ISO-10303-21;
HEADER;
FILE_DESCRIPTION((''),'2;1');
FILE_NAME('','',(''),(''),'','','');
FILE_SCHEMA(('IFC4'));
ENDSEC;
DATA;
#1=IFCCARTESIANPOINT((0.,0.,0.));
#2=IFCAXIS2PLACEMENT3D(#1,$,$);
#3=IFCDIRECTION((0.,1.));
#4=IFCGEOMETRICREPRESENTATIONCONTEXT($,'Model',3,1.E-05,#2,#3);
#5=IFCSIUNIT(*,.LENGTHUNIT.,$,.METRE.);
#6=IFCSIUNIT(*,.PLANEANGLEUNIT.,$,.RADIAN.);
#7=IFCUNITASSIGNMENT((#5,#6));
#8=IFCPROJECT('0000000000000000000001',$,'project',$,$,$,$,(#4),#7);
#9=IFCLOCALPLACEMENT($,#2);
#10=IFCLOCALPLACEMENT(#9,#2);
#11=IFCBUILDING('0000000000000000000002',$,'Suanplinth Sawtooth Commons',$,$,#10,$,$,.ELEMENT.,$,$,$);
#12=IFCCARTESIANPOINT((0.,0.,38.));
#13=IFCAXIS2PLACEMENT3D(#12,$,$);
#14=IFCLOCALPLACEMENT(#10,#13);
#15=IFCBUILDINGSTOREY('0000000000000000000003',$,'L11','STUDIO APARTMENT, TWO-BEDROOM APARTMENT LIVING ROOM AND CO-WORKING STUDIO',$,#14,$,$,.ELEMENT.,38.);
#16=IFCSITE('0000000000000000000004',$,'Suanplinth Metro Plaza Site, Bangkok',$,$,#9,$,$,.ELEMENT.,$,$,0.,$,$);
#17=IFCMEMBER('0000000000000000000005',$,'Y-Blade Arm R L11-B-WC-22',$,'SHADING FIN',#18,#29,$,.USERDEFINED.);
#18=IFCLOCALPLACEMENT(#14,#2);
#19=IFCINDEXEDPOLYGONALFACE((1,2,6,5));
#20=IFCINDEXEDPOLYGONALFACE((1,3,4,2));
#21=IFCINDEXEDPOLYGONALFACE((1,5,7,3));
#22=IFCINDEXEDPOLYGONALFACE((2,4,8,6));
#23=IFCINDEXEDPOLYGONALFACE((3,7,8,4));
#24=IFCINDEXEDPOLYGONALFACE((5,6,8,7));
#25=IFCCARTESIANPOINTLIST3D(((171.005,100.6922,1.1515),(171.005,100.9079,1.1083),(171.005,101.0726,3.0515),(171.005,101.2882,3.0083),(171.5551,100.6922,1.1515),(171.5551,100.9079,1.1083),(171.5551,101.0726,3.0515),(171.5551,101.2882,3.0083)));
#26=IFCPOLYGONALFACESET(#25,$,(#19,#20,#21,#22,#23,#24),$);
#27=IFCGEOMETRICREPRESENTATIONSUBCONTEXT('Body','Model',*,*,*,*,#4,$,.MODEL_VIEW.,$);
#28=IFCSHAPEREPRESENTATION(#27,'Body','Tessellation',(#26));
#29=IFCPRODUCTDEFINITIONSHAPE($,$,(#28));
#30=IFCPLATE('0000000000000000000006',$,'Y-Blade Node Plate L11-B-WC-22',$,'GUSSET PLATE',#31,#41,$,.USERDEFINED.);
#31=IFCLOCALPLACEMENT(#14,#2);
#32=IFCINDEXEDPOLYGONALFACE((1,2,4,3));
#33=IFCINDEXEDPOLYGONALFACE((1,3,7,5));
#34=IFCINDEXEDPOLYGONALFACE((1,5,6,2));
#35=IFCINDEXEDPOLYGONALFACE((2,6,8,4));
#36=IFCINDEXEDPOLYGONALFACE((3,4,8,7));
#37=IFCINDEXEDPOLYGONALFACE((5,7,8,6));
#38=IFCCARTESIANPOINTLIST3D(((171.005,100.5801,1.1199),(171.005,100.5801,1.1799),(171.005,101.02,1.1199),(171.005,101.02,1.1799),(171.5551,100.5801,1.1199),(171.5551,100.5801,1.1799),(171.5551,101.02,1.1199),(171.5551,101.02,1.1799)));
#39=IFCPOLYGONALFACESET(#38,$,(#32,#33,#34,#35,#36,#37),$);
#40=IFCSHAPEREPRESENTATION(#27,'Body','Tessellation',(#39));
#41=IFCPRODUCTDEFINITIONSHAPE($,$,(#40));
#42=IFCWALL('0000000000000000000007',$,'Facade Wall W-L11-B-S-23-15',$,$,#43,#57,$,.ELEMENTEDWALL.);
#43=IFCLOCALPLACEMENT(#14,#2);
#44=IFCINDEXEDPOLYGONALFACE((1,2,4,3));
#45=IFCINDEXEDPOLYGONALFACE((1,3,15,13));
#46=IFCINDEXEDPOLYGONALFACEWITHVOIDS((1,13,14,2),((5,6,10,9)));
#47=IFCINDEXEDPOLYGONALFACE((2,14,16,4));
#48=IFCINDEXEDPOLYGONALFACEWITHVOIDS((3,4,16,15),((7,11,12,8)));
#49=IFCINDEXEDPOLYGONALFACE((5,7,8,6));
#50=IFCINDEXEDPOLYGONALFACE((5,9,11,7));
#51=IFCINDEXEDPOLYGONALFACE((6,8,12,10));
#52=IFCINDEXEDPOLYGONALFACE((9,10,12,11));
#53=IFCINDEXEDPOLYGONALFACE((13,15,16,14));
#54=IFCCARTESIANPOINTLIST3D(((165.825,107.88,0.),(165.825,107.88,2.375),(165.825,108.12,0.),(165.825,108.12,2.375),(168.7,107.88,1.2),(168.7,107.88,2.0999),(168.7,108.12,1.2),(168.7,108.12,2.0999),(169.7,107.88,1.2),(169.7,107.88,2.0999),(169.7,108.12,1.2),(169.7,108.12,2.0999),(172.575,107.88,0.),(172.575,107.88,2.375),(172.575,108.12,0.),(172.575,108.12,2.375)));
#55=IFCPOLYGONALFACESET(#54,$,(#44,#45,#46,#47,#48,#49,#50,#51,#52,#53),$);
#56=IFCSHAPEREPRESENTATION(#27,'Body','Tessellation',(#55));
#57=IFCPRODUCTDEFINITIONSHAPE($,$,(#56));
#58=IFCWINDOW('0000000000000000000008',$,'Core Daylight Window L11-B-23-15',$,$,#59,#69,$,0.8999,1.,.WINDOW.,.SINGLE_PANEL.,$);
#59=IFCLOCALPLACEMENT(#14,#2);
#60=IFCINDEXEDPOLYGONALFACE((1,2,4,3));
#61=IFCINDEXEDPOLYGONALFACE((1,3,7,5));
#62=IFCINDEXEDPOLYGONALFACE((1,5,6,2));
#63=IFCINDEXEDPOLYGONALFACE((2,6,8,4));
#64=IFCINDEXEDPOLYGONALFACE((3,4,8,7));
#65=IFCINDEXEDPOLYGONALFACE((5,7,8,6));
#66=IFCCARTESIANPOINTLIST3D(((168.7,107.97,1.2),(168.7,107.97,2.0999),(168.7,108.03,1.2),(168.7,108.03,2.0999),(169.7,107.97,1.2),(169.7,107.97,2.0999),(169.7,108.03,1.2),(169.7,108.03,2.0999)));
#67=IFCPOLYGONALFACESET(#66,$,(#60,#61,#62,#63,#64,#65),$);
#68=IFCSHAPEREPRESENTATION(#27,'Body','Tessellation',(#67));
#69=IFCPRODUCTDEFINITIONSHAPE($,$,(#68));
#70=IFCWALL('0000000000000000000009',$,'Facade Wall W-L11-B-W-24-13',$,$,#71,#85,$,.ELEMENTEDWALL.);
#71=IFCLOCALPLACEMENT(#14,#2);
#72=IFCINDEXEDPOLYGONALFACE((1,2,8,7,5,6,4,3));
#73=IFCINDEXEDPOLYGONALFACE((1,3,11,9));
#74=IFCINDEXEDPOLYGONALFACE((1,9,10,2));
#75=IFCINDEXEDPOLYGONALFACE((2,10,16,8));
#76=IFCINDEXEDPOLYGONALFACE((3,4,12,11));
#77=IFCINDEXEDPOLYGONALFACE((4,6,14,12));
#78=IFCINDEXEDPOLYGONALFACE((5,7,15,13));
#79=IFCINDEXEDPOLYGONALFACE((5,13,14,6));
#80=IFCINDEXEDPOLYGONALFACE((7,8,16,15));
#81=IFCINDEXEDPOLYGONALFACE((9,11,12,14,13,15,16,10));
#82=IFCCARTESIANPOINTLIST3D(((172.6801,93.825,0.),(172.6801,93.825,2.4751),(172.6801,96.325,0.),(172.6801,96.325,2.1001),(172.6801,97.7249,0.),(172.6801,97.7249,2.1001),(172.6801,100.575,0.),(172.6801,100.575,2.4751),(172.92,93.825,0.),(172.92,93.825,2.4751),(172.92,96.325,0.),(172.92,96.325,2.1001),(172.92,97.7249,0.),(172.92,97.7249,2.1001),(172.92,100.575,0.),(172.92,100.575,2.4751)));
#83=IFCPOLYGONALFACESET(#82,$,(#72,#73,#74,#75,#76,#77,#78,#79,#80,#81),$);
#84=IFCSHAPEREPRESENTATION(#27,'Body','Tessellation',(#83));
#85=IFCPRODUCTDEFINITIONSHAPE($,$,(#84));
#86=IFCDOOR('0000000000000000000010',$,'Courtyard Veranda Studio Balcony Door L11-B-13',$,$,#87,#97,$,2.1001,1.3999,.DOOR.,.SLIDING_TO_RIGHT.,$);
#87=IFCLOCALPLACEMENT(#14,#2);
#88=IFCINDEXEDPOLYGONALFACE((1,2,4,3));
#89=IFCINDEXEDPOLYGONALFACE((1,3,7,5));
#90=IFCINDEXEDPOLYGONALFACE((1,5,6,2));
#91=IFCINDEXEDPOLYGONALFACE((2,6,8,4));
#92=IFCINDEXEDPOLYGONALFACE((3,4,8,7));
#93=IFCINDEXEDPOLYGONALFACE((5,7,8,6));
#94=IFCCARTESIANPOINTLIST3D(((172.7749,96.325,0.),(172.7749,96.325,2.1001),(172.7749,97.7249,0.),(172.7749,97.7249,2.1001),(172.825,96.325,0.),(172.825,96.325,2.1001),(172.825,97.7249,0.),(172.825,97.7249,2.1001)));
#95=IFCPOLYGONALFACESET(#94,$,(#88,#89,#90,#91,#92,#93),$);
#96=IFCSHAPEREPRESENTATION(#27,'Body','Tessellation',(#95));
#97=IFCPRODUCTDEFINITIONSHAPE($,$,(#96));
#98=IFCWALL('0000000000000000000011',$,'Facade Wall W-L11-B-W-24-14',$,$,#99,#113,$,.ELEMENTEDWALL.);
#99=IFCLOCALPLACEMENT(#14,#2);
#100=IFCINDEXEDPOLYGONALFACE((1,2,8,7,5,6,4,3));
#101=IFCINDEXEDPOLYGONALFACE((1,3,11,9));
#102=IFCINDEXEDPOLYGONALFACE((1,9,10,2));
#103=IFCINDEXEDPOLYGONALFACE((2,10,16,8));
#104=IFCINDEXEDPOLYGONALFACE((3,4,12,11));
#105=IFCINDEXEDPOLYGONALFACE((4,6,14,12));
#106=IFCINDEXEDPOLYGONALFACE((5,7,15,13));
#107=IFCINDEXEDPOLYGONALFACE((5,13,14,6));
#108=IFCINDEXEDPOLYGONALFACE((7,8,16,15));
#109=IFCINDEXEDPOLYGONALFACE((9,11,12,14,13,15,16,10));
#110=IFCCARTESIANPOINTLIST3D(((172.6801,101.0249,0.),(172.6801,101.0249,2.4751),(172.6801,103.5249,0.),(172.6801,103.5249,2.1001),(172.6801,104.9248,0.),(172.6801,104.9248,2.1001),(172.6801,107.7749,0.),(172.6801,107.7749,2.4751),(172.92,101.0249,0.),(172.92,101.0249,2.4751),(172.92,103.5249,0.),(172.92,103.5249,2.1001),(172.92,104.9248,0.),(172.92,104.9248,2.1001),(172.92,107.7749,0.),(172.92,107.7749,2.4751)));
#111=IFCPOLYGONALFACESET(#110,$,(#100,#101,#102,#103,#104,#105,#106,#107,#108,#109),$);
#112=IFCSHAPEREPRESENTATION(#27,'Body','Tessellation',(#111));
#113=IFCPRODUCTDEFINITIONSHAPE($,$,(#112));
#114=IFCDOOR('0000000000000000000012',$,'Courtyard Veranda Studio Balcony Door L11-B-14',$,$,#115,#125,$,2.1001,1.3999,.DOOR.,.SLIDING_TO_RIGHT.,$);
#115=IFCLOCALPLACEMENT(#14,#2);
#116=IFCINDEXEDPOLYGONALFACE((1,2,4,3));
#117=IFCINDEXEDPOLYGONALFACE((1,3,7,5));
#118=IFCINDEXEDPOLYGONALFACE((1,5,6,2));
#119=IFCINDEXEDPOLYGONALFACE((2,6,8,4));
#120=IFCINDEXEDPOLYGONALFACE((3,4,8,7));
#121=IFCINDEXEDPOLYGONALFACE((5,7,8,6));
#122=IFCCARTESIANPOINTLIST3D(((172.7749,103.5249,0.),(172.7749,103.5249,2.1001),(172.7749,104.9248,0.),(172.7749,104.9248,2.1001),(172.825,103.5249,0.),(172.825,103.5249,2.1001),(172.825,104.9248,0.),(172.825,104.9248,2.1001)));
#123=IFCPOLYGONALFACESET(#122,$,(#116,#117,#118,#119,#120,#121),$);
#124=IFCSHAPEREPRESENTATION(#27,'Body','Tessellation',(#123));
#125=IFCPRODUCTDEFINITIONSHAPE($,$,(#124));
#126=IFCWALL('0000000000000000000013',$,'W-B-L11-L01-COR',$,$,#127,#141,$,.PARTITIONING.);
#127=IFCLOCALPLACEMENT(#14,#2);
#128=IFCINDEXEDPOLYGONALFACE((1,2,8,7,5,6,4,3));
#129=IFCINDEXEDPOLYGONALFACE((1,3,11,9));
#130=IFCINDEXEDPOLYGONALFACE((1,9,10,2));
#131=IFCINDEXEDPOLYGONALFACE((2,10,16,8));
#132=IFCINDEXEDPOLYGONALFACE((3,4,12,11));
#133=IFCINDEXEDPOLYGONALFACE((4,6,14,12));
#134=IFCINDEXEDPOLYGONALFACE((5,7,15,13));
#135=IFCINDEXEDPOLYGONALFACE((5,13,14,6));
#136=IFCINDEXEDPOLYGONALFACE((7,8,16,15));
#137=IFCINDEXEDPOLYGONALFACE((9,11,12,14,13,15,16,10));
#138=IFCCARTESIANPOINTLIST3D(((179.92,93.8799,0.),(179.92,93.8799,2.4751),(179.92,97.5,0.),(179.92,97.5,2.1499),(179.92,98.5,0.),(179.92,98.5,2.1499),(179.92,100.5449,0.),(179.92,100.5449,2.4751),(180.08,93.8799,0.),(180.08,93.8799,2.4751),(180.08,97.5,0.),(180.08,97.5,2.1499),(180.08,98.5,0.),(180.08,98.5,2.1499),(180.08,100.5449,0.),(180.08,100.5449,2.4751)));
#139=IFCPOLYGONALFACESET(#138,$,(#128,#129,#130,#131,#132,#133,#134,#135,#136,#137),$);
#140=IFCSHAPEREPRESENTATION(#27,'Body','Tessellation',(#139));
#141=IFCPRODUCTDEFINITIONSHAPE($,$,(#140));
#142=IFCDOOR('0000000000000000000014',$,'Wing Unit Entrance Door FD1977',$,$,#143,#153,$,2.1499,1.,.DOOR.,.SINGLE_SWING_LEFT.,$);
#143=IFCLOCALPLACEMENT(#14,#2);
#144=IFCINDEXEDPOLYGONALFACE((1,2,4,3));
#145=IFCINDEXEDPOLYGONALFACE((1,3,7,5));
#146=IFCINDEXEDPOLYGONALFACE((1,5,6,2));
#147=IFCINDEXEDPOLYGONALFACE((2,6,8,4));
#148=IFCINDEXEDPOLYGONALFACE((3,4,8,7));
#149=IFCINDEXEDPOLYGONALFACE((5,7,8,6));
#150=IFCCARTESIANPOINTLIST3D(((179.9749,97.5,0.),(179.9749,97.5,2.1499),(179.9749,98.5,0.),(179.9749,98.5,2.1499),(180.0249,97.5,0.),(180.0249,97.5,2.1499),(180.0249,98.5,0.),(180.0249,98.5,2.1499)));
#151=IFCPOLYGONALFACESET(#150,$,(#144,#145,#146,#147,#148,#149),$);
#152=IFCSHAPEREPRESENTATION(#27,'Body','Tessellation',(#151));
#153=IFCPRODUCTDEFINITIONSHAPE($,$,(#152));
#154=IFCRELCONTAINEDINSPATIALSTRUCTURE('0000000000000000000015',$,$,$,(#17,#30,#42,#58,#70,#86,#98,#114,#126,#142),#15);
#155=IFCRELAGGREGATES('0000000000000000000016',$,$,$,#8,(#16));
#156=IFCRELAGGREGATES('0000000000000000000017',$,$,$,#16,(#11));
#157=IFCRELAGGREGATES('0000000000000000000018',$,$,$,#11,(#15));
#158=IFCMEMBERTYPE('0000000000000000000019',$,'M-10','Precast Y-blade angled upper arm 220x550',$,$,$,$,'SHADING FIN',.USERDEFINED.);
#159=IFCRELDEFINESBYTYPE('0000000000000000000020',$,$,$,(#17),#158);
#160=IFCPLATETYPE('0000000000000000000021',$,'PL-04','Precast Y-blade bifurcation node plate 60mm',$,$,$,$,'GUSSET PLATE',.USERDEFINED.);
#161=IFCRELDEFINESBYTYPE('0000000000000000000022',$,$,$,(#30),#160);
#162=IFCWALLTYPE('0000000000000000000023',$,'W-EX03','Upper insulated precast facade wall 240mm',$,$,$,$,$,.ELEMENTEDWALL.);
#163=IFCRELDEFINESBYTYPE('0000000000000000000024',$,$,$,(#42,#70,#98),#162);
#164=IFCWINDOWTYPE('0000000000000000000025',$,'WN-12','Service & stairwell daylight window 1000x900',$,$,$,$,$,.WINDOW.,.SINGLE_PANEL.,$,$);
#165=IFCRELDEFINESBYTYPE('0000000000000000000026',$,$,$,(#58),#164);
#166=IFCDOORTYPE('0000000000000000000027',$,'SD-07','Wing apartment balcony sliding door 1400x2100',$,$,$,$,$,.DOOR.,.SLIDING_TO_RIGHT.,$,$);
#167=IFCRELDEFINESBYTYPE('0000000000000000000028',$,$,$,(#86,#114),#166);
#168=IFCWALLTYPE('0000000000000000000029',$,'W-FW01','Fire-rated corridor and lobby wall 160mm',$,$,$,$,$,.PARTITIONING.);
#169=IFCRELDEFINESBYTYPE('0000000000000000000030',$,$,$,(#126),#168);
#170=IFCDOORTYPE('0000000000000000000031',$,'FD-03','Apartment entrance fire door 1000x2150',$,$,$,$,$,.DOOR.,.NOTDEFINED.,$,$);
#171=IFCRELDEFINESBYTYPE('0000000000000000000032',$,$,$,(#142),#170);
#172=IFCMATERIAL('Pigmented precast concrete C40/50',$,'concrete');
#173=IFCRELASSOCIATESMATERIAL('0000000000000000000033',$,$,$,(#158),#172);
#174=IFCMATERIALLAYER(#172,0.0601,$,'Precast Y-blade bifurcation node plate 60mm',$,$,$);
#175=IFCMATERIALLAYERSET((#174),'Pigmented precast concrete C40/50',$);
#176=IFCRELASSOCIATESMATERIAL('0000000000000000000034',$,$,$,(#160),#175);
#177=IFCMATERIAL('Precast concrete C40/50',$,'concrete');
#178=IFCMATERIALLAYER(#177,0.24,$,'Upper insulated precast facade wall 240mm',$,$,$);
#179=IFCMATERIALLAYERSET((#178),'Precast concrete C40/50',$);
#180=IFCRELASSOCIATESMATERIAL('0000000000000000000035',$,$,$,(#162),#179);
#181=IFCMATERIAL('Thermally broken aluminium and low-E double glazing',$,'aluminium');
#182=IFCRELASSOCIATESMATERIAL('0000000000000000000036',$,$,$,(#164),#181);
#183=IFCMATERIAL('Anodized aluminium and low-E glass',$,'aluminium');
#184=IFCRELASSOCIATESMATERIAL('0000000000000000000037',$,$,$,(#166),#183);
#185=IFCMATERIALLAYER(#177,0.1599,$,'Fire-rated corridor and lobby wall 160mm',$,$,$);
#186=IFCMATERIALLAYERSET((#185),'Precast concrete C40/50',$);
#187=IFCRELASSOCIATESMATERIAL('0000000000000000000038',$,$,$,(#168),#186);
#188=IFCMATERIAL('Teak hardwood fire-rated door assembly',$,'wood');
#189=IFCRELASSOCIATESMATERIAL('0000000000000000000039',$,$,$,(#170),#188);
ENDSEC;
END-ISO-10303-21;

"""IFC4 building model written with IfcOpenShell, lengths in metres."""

from ifc_helpers import new_model, si_unit, direction, frame, frame_2d, origin, origin_2d, place, context, subcontext, project, spatial, rectangle, extrude, material, layer, layer_set, material_profile, profile_set, type_object, element, fill, save


model = new_model("IFC4")

# Units and contexts
model_context = context("Model", 3, precision=1e-05, world=origin(), true_north=direction((0.0, 1.0)))
body_context = subcontext(model_context, "Body", "Model", "MODEL_VIEW")
ifc_project = project(units=[si_unit("LENGTHUNIT", "METRE"), si_unit("PLANEANGLEUNIT", "RADIAN")], contexts=[model_context])

# Site, building, storey
site_placement = place(None, origin())
site = spatial("IfcSite", under=ifc_project, at=site_placement, Name="Suanplinth Metro Plaza Site, Bangkok", CompositionType="ELEMENT", RefElevation=0.0)
building_placement = place(site_placement, origin())
building = spatial("IfcBuilding", under=site, at=building_placement, Name="Suanplinth Sawtooth Commons", CompositionType="ELEMENT")
storey_placement = place(building_placement, frame((0.0, 0.0, 38.0)))
storey = spatial("IfcBuildingStorey", under=building, at=storey_placement, Name="L11", Description="STUDIO APARTMENT, TWO-BEDROOM APARTMENT LIVING ROOM AND CO-WORKING STUDIO", CompositionType="ELEMENT", Elevation=38.0)

# Shared definitions
ifc_material_1 = material(Name="Precast concrete C40/50", Category="concrete")

# Member
ifc_material_2 = material(Name="Pigmented precast concrete C40/50", Category="concrete")
ifc_material_profile_1 = material_profile(ifc_material_2, rectangle(XDim=0.22, YDim=0.55, at=origin_2d()), Name="PC-FIN 220x550")
ifc_profile_set_1 = profile_set([ifc_material_profile_1], Name="Pigmented precast concrete C40/50")
member_type_1 = type_object("IfcMemberType", Name="M-10", Description="Precast Y-blade angled upper arm 220x550", ElementType="SHADING FIN", PredefinedType="USERDEFINED", material=ifc_profile_set_1)
member_1_placement = place(storey_placement, frame((171.28, 100.8, 1.1299), z_axis=(0.0, 0.196286, 0.980547), x_axis=(0.0, -0.980547, 0.196286)))
element("IfcMember", 1, at=member_1_placement, inside=storey, type_object=member_type_1, Name="Y-Blade Arm R L11-B-WC-22", ObjectType="SHADING FIN", PredefinedType="USERDEFINED", context=body_context, shape_type="SweptSolid", body=[
    extrude(rectangle(XDim=0.22, YDim=0.55, at=origin_2d()), origin(), (0.0, 0.0, 1.0), 1.9377),
])

# Plate
ifc_layer_1 = layer(ifc_material_2, 0.0601, Name="Precast Y-blade bifurcation node plate 60mm")
ifc_layer_set_1 = layer_set([ifc_layer_1], Name="Pigmented precast concrete C40/50")
plate_type = type_object("IfcPlateType", Name="PL-04", Description="Precast Y-blade bifurcation node plate 60mm", ElementType="GUSSET PLATE", PredefinedType="USERDEFINED", material=ifc_layer_set_1)
plate_placement = place(storey_placement, frame((171.28, 100.8, 1.1199), z_axis=(0.0, 0.0, 1.0), x_axis=(0.0, 1.0, 0.0)))
element("IfcPlate", 2, at=plate_placement, inside=storey, type_object=plate_type, Name="Y-Blade Node Plate L11-B-WC-22", ObjectType="GUSSET PLATE", PredefinedType="USERDEFINED", context=body_context, shape_type="SweptSolid", body=[
    extrude(rectangle(XDim=0.4399, YDim=0.55, at=origin_2d()), origin(), (0.0, 0.0, 1.0), 0.0601),
])

# Wall, opening, window
ifc_layer_2 = layer(ifc_material_1, 0.24, Name="Upper insulated precast facade wall 240mm")
ifc_layer_set_2 = layer_set([ifc_layer_2], Name="Precast concrete C40/50")
wall_type_1 = type_object("IfcWallType", Name="W-EX03", Description="Upper insulated precast facade wall 240mm", PredefinedType="ELEMENTEDWALL", material=ifc_layer_set_2)
wall_1_placement = place(storey_placement, frame((165.825, 108.0, 0.0), z_axis=(0.0, 0.0, 1.0), x_axis=(1.0, 0.0, 0.0)))
wall_1 = element("IfcWall", 3, at=wall_1_placement, inside=storey, type_object=wall_type_1, Name="Facade Wall W-L11-B-S-23-15", PredefinedType="ELEMENTEDWALL", context=body_context, shape_type="SweptSolid", body=[
    extrude(rectangle(XDim=6.75, YDim=0.24, at=frame_2d((3.375, 0.0))), origin(), (0.0, 0.0, 1.0), 2.375),
])
opening_1_placement = place(wall_1_placement, frame((2.875, 0.0, 1.2)))
opening_1 = element("IfcOpeningElement", 4, at=opening_1_placement, cuts=wall_1, PredefinedType="OPENING", context=body_context, shape_type="SweptSolid", body=[
    extrude(rectangle(XDim=1.0, YDim=0.8999, at=frame_2d((0.5, 0.45))), frame((0.0, 0.1348, 0.0), z_axis=(0.0, -1.0, 0.0), x_axis=(1.0, 0.0, 0.0)), (0.0, 0.0, 1.0), 0.2698),
])
ifc_material_3 = material(Name="Thermally broken aluminium and low-E double glazing", Category="aluminium")
window_type = type_object("IfcWindowType", Name="WN-12", Description="Service & stairwell daylight window 1000x900", PartitioningType="SINGLE_PANEL", PredefinedType="WINDOW", material=ifc_material_3)
window_placement = place(opening_1_placement, origin())
window = element("IfcWindow", 5, at=window_placement, inside=storey, type_object=window_type, Name="Core Daylight Window L11-B-23-15", OverallHeight=0.8999, OverallWidth=1.0, PartitioningType="SINGLE_PANEL", PredefinedType="WINDOW", context=body_context, shape_type="SweptSolid", body=[
    extrude(rectangle(XDim=1.0, YDim=0.8999, at=frame_2d((0.5, 0.45))), frame((0.0, 0.03, 0.0), z_axis=(0.0, -1.0, 0.0), x_axis=(1.0, 0.0, 0.0)), (0.0, 0.0, 1.0), 0.0601),
])
fill(opening_1, window)

# Walls, openings, doors
wall_2_placement = place(storey_placement, frame((172.8, 93.825, 0.0), z_axis=(0.0, 0.0, 1.0), x_axis=(0.0, 1.0, 0.0)))
wall_2 = element("IfcWall", 6, at=wall_2_placement, inside=storey, type_object=wall_type_1, Name="Facade Wall W-L11-B-W-24-13", PredefinedType="ELEMENTEDWALL", context=body_context, shape_type="SweptSolid", body=[
    extrude(rectangle(XDim=6.75, YDim=0.24, at=frame_2d((3.375, 0.0))), origin(), (0.0, 0.0, 1.0), 2.4751),
])
opening_2_placement = place(wall_2_placement, frame((2.5, 0.0, 0.0)))
opening_2 = element("IfcOpeningElement", 7, at=opening_2_placement, cuts=wall_2, PredefinedType="OPENING", context=body_context, shape_type="SweptSolid", body=[
    extrude(rectangle(XDim=1.3999, YDim=2.1001, at=frame_2d((0.7, 1.05))), frame((0.0, 0.1348, 0.0), z_axis=(0.0, -1.0, 0.0), x_axis=(1.0, 0.0, 0.0)), (0.0, 0.0, 1.0), 0.2698),
])
ifc_material_4 = material(Name="Anodized aluminium and low-E glass", Category="aluminium")
door_type_1 = type_object("IfcDoorType", Name="SD-07", Description="Wing apartment balcony sliding door 1400x2100", OperationType="SLIDING_TO_RIGHT", PredefinedType="DOOR", material=ifc_material_4)
door_1_placement = place(opening_2_placement, frame((1.3999, 0.0, 0.0), z_axis=(0.0, 0.0, 1.0), x_axis=(-1.0, 0.0, 0.0)))
door_1 = element("IfcDoor", 8, at=door_1_placement, inside=storey, type_object=door_type_1, Name="Courtyard Veranda Studio Balcony Door L11-B-13", OperationType="SLIDING_TO_RIGHT", OverallHeight=2.1001, OverallWidth=1.3999, PredefinedType="DOOR", context=body_context, shape_type="SweptSolid", body=[
    extrude(rectangle(XDim=1.3999, YDim=2.1001, at=frame_2d((0.7, 1.05))), frame((0.0, 0.0249, 0.0), z_axis=(0.0, -1.0, 0.0), x_axis=(1.0, 0.0, 0.0)), (0.0, 0.0, 1.0), 0.05),
])
fill(opening_2, door_1)
wall_3_placement = place(storey_placement, frame((172.8, 101.0249, 0.0), z_axis=(0.0, 0.0, 1.0), x_axis=(0.0, 1.0, 0.0)))
wall_3 = element("IfcWall", 9, at=wall_3_placement, inside=storey, type_object=wall_type_1, Name="Facade Wall W-L11-B-W-24-14", PredefinedType="ELEMENTEDWALL", context=body_context, shape_type="SweptSolid", body=[
    extrude(rectangle(XDim=6.75, YDim=0.24, at=frame_2d((3.375, 0.0))), origin(), (0.0, 0.0, 1.0), 2.4751),
])
opening_3_placement = place(wall_3_placement, frame((2.5, 0.0, 0.0)))
opening_3 = element("IfcOpeningElement", 10, at=opening_3_placement, cuts=wall_3, PredefinedType="OPENING", context=body_context, shape_type="SweptSolid", body=[
    extrude(rectangle(XDim=1.3999, YDim=2.1001, at=frame_2d((0.7, 1.05))), frame((0.0, 0.1348, 0.0), z_axis=(0.0, -1.0, 0.0), x_axis=(1.0, 0.0, 0.0)), (0.0, 0.0, 1.0), 0.2698),
])
door_2_placement = place(opening_3_placement, frame((1.3999, 0.0, 0.0), z_axis=(0.0, 0.0, 1.0), x_axis=(-1.0, 0.0, 0.0)))
door_2 = element("IfcDoor", 11, at=door_2_placement, inside=storey, type_object=door_type_1, Name="Courtyard Veranda Studio Balcony Door L11-B-14", OperationType="SLIDING_TO_RIGHT", OverallHeight=2.1001, OverallWidth=1.3999, PredefinedType="DOOR", context=body_context, shape_type="SweptSolid", body=[
    extrude(rectangle(XDim=1.3999, YDim=2.1001, at=frame_2d((0.7, 1.05))), frame((0.0, 0.0249, 0.0), z_axis=(0.0, -1.0, 0.0), x_axis=(1.0, 0.0, 0.0)), (0.0, 0.0, 1.0), 0.05),
])
fill(opening_3, door_2)
ifc_layer_3 = layer(ifc_material_1, 0.1599, Name="Fire-rated corridor and lobby wall 160mm")
ifc_layer_set_3 = layer_set([ifc_layer_3], Name="Precast concrete C40/50")
wall_type_2 = type_object("IfcWallType", Name="W-FW01", Description="Fire-rated corridor and lobby wall 160mm", PredefinedType="PARTITIONING", material=ifc_layer_set_3)
wall_4_placement = place(storey_placement, frame((180.0, 93.8799, 0.0), z_axis=(0.0, 0.0, 1.0), x_axis=(0.0, 1.0, 0.0)))
wall_4 = element("IfcWall", 12, at=wall_4_placement, inside=storey, type_object=wall_type_2, Name="W-B-L11-L01-COR", PredefinedType="PARTITIONING", context=body_context, shape_type="SweptSolid", body=[
    extrude(rectangle(XDim=6.665, YDim=0.1599, at=frame_2d((3.3325, 0.0))), origin(), (0.0, 0.0, 1.0), 2.4751),
])
opening_4_placement = place(wall_4_placement, frame((3.6201, 0.0, 0.0)))
opening_4 = element("IfcOpeningElement", 13, at=opening_4_placement, cuts=wall_4, PredefinedType="OPENING", context=body_context, shape_type="SweptSolid", body=[
    extrude(rectangle(XDim=1.0, YDim=2.1499, at=frame_2d((0.5, 1.075))), frame((0.0, 0.0947, 0.0), z_axis=(0.0, -1.0, 0.0), x_axis=(1.0, 0.0, 0.0)), (0.0, 0.0, 1.0), 0.1897),
])
ifc_material_5 = material(Name="Teak hardwood fire-rated door assembly", Category="wood")
door_type_2 = type_object("IfcDoorType", Name="FD-03", Description="Apartment entrance fire door 1000x2150", OperationType="NOTDEFINED", PredefinedType="DOOR", material=ifc_material_5)
door_3_placement = place(opening_4_placement, frame((1.0, 0.0, 0.0), z_axis=(0.0, 0.0, 1.0), x_axis=(-1.0, 0.0, 0.0)))
door_3 = element("IfcDoor", 14, at=door_3_placement, inside=storey, type_object=door_type_2, Name="Wing Unit Entrance Door FD1977", OperationType="SINGLE_SWING_LEFT", OverallHeight=2.1499, OverallWidth=1.0, PredefinedType="DOOR", context=body_context, shape_type="SweptSolid", body=[
    extrude(rectangle(XDim=1.0, YDim=2.1499, at=frame_2d((0.5, 1.075))), frame((0.0, 0.0249, 0.0), z_axis=(0.0, -1.0, 0.0), x_axis=(1.0, 0.0, 0.0)), (0.0, 0.0, 1.0), 0.05),
])
fill(opening_4, door_3)

save(model, "model.ifc")
